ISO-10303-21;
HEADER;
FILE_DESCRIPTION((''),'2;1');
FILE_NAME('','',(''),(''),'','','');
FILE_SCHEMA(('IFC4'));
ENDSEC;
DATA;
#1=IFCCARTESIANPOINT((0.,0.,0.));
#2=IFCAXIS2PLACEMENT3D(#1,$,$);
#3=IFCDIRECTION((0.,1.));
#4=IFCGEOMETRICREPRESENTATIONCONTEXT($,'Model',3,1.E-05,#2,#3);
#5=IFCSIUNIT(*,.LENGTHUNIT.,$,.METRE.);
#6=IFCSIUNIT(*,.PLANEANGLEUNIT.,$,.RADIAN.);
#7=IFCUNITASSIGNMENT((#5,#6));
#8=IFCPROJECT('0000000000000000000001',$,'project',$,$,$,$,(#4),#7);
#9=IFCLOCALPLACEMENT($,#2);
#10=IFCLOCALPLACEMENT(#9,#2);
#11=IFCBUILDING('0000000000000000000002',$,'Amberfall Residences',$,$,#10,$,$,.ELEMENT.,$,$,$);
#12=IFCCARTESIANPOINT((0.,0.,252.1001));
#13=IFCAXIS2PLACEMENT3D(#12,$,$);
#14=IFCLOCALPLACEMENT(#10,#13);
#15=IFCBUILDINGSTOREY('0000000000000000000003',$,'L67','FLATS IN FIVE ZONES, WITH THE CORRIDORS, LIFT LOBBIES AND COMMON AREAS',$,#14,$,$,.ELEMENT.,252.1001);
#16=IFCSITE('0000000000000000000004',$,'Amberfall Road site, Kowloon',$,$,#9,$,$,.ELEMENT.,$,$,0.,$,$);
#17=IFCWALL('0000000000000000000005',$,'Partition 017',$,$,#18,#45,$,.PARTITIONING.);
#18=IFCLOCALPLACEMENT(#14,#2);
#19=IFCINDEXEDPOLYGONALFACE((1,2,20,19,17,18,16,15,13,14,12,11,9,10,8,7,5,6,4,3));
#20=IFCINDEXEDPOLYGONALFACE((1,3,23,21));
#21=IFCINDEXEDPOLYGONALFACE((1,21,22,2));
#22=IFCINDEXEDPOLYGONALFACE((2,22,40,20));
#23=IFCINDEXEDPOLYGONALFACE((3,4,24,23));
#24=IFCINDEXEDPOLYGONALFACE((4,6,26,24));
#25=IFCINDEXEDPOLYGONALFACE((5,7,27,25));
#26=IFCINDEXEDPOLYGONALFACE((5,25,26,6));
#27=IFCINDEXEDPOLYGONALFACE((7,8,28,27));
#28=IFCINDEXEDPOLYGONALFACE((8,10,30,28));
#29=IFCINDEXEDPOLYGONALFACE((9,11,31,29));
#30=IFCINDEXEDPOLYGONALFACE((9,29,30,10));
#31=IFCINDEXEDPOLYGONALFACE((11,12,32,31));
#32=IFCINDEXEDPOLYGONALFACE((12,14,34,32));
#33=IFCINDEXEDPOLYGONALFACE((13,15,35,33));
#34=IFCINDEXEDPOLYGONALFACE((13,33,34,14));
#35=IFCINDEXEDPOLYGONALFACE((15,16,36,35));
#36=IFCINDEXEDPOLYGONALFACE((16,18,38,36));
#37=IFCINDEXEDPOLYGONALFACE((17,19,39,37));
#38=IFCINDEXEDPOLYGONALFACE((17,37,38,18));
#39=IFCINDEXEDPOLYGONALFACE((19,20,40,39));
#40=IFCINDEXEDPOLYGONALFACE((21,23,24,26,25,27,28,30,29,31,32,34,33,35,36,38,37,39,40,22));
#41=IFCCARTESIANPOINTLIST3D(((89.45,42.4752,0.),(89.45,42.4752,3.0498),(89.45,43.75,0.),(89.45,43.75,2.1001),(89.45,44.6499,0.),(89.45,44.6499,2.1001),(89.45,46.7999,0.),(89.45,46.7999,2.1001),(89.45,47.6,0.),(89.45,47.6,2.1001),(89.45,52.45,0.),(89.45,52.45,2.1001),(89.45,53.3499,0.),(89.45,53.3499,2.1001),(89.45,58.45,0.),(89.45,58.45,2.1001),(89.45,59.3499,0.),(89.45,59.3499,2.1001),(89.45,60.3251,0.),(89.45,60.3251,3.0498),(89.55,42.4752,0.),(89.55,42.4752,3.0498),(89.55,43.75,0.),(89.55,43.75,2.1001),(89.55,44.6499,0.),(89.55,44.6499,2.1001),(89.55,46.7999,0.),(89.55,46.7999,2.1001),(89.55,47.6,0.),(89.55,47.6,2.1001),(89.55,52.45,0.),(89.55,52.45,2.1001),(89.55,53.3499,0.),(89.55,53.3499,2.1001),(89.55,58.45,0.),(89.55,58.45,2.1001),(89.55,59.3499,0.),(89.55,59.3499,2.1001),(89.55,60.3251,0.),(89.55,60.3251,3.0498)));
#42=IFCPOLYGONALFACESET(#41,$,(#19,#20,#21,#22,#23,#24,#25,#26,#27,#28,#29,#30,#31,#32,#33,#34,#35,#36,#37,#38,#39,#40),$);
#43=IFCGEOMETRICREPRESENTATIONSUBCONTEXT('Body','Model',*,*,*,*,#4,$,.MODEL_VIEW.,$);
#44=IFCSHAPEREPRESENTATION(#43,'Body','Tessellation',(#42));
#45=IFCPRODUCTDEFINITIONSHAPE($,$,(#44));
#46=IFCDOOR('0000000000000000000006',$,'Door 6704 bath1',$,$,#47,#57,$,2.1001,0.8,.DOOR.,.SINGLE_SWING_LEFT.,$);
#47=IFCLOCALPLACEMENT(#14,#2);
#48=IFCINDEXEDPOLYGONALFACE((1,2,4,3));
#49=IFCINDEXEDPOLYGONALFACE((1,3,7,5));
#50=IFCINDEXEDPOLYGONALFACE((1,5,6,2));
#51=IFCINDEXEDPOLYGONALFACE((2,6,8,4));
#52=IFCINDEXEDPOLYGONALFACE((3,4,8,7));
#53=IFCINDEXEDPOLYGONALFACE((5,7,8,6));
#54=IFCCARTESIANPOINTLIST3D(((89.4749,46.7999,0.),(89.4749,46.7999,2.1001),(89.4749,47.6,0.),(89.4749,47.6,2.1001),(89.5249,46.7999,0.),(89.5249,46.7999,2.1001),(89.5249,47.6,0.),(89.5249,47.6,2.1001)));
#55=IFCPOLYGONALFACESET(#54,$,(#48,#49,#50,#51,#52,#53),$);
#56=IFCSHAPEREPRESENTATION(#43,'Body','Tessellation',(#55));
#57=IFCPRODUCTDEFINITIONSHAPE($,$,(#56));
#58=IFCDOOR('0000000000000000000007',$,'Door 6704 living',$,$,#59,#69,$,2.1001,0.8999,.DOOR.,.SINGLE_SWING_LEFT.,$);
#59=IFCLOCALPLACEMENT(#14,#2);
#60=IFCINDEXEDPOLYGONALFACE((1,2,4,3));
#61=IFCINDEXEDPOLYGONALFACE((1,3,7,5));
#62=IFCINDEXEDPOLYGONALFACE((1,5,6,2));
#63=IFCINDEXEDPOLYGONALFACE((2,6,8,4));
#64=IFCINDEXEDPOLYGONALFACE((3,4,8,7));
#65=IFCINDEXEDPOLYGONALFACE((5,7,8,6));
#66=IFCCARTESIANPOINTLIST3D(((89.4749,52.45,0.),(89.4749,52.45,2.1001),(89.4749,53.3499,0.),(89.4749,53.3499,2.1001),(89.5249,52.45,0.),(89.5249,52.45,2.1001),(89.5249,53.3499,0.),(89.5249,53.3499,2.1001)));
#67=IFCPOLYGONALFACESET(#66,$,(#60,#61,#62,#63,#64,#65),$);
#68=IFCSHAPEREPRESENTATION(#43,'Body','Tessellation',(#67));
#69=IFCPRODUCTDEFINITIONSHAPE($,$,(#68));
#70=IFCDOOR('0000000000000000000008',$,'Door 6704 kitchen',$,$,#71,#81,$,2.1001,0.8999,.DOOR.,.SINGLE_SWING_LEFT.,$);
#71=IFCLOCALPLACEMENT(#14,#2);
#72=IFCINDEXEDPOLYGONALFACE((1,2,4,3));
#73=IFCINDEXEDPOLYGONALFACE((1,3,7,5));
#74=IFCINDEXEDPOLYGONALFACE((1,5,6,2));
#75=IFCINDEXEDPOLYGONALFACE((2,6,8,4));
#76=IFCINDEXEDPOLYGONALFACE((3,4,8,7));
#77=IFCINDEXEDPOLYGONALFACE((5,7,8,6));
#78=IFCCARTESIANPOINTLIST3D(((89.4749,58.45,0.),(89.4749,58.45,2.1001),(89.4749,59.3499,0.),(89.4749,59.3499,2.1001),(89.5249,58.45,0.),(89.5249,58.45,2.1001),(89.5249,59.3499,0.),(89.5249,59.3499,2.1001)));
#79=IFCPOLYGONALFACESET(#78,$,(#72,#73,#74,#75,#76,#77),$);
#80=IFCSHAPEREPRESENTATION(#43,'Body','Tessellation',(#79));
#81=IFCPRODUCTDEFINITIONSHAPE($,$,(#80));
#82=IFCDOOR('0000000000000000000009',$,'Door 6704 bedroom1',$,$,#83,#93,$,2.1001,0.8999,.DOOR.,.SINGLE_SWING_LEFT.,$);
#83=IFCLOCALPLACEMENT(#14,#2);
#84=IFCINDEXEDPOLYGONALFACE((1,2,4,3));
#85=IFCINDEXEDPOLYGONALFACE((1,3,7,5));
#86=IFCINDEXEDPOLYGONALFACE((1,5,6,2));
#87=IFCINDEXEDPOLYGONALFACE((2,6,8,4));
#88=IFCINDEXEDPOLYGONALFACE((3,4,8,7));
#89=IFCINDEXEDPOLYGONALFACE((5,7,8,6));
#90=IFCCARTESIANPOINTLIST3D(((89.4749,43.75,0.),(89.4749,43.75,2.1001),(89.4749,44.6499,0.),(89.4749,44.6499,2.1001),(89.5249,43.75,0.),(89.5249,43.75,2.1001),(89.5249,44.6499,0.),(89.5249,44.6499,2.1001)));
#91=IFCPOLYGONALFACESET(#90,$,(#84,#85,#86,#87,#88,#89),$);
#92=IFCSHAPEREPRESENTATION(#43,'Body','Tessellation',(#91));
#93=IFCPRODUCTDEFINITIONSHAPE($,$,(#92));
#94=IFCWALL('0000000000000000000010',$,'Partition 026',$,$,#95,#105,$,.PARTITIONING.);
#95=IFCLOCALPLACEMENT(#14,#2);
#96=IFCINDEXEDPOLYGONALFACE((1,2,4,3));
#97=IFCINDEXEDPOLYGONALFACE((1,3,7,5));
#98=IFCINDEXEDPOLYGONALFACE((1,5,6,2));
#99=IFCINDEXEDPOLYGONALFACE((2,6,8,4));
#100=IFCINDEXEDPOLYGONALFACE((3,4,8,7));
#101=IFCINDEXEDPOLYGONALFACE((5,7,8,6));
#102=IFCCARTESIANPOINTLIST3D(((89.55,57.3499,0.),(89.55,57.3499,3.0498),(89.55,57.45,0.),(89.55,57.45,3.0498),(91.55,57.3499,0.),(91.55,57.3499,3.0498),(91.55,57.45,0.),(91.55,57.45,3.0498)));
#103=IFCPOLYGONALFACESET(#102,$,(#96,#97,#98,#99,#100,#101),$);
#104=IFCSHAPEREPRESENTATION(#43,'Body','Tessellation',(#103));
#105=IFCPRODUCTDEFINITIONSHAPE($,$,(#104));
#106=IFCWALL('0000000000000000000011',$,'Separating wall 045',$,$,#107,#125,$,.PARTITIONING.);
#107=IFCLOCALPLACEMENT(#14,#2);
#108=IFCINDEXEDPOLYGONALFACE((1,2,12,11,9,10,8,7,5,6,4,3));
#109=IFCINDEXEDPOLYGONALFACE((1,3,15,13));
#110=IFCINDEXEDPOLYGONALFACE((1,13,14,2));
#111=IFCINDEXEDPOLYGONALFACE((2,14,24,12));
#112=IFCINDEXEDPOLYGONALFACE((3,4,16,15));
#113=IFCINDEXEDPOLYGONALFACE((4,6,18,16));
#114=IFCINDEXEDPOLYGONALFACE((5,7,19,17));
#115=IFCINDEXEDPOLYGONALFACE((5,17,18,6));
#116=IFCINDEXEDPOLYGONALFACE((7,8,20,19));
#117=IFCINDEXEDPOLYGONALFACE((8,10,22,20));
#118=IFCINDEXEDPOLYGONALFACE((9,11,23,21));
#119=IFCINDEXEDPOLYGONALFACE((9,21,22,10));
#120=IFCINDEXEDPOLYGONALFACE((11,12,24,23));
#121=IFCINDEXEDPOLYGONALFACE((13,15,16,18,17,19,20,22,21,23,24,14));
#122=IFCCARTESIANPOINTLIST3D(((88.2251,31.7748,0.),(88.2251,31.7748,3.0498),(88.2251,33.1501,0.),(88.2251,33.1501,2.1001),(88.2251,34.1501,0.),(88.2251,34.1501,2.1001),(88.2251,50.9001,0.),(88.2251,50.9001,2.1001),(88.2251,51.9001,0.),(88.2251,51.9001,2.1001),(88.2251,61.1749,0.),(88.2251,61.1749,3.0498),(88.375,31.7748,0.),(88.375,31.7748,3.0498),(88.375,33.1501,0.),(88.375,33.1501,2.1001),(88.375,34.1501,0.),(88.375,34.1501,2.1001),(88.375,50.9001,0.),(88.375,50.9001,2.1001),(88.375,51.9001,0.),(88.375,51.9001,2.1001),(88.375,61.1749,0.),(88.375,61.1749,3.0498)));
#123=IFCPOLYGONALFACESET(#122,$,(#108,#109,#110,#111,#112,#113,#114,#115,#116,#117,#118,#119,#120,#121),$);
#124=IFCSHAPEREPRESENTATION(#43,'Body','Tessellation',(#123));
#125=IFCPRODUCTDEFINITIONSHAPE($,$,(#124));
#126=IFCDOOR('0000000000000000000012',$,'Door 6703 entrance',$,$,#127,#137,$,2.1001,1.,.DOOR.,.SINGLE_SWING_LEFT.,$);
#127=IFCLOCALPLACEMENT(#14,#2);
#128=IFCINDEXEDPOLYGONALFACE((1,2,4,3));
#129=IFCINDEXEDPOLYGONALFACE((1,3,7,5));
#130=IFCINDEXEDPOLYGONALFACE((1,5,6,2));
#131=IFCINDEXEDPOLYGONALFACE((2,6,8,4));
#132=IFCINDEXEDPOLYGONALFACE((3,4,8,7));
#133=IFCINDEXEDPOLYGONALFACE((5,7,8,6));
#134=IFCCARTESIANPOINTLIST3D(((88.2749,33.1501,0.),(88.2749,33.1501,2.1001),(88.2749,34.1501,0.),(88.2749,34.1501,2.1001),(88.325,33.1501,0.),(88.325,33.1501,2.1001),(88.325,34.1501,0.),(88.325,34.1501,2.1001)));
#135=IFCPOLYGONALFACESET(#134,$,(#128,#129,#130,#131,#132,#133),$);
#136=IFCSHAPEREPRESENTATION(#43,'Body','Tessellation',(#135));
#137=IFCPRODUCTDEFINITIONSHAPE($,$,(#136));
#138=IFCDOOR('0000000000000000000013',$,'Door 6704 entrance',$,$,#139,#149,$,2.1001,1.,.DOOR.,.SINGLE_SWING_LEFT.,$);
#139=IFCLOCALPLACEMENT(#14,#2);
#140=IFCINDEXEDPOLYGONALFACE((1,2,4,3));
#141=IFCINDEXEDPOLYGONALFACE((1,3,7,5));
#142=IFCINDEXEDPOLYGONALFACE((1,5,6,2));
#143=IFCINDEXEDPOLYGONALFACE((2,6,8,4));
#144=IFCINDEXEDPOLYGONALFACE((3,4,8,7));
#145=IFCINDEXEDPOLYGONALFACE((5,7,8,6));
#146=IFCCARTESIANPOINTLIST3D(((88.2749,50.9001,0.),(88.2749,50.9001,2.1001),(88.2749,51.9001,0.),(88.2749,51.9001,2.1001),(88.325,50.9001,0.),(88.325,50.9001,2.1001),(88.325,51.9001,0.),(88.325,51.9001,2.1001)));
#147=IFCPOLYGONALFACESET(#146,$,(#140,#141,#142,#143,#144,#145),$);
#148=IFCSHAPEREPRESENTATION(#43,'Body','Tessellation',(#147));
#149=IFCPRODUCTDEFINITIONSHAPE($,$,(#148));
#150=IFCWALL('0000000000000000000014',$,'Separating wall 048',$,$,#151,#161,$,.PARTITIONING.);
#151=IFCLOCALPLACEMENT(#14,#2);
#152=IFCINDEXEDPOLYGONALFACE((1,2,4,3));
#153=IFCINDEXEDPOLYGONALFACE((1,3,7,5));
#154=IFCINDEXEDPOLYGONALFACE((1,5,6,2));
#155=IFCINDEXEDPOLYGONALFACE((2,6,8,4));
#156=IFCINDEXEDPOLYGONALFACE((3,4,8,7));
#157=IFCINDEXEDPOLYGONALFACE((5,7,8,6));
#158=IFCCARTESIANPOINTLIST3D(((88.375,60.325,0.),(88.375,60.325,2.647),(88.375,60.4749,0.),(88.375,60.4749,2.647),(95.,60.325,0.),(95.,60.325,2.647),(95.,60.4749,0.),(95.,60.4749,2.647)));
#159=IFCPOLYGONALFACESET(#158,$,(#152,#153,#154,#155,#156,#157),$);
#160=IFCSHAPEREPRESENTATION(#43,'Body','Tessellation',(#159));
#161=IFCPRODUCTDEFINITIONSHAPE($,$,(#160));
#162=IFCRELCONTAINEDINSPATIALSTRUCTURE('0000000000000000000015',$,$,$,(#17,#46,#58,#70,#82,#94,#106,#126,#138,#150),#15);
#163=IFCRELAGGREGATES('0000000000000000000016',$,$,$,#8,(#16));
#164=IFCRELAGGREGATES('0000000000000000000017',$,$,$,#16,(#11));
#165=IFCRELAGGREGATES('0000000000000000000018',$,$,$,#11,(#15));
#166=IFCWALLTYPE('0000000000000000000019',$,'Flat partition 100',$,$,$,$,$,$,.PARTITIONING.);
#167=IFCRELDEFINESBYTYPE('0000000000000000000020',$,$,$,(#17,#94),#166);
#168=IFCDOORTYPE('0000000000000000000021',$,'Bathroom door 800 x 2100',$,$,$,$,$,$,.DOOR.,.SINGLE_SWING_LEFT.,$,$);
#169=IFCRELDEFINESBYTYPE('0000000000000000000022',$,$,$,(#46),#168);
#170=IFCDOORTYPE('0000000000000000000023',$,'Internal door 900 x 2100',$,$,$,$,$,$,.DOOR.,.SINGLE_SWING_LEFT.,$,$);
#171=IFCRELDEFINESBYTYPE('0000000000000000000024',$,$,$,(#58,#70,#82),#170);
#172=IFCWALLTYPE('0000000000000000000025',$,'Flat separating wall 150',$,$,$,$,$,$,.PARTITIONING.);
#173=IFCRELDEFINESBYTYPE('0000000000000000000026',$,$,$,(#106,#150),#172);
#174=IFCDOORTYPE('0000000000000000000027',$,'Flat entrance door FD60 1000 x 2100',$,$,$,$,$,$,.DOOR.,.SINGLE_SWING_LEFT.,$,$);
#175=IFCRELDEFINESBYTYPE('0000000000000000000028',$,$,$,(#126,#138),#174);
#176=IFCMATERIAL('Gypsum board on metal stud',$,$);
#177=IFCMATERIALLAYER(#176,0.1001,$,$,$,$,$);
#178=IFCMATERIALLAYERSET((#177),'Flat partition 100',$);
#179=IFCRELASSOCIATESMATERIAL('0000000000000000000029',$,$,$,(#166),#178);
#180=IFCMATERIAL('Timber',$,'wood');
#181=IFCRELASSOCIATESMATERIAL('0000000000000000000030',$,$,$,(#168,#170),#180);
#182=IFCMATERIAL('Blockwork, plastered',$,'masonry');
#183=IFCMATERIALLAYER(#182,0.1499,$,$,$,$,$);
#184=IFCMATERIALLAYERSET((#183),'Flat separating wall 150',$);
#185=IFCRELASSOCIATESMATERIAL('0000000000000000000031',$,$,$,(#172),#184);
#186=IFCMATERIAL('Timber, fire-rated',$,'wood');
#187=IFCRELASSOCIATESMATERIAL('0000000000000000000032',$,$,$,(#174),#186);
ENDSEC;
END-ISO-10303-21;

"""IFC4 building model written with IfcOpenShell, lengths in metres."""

from ifc_helpers import new_model, si_unit, direction, frame, frame_2d, origin, place, context, subcontext, project, spatial, rectangle, extrude, material, layer, layer_set, type_object, element, fill, save


model = new_model("IFC4")

# Units and contexts
model_context = context("Model", 3, precision=1e-05, world=origin(), true_north=direction((0.0, 1.0)))
body_context = subcontext(model_context, "Body", "Model", "MODEL_VIEW")
ifc_project = project(units=[si_unit("LENGTHUNIT", "METRE"), si_unit("PLANEANGLEUNIT", "RADIAN")], contexts=[model_context])

# Site, building, storey
site_placement = place(None, origin())
site = spatial("IfcSite", under=ifc_project, at=site_placement, Name="Amberfall Road site, Kowloon", CompositionType="ELEMENT", RefElevation=0.0)
building_placement = place(site_placement, origin())
building = spatial("IfcBuilding", under=site, at=building_placement, Name="Amberfall Residences", CompositionType="ELEMENT")
storey_placement = place(building_placement, frame((0.0, 0.0, 252.1001)))
storey = spatial("IfcBuildingStorey", under=building, at=storey_placement, Name="L67", Description="FLATS IN FIVE ZONES, WITH THE CORRIDORS, LIFT LOBBIES AND COMMON AREAS", CompositionType="ELEMENT", Elevation=252.1001)

# Wall, openings, doors
ifc_material_1 = material(Name="Gypsum board on metal stud")
ifc_layer_1 = layer(ifc_material_1, 0.1001)
ifc_layer_set_1 = layer_set([ifc_layer_1], Name="Flat partition 100")
wall_type_1 = type_object("IfcWallType", Name="Flat partition 100", PredefinedType="PARTITIONING", material=ifc_layer_set_1)
wall_1_placement = place(storey_placement, frame((89.5, 60.325, 0.0), z_axis=(0.0, 0.0, 1.0), x_axis=(0.0, -1.0, 0.0)))
wall_1 = element("IfcWall", 1, at=wall_1_placement, inside=storey, type_object=wall_type_1, Name="Partition 017", PredefinedType="PARTITIONING", context=body_context, shape_type="SweptSolid", body=[
    extrude(rectangle(XDim=17.8499, YDim=0.1001, at=frame_2d((8.9248, 0.0))), origin(), (0.0, 0.0, 1.0), 3.0498),
])
opening_1_placement = place(wall_1_placement, frame((6.9751, 0.0, 0.0)))
opening_1 = element("IfcOpeningElement", 2, at=opening_1_placement, cuts=wall_1, PredefinedType="OPENING", context=body_context, shape_type="SweptSolid", body=[
    extrude(rectangle(XDim=0.8999, YDim=2.1001, at=frame_2d((0.45, 1.05))), frame((0.0, 0.0601, 0.0), z_axis=(0.0, -1.0, 0.0), x_axis=(1.0, 0.0, 0.0)), (0.0, 0.0, 1.0), 0.1201),
])
opening_2_placement = place(wall_1_placement, frame((0.9751, 0.0, 0.0)))
opening_2 = element("IfcOpeningElement", 3, at=opening_2_placement, cuts=wall_1, PredefinedType="OPENING", context=body_context, shape_type="SweptSolid", body=[
    extrude(rectangle(XDim=0.8999, YDim=2.1001, at=frame_2d((0.45, 1.05))), frame((0.0, 0.0601, 0.0), z_axis=(0.0, -1.0, 0.0), x_axis=(1.0, 0.0, 0.0)), (0.0, 0.0, 1.0), 0.1201),
])
opening_3_placement = place(wall_1_placement, frame((15.675, 0.0, 0.0)))
opening_3 = element("IfcOpeningElement", 4, at=opening_3_placement, cuts=wall_1, PredefinedType="OPENING", context=body_context, shape_type="SweptSolid", body=[
    extrude(rectangle(XDim=0.8999, YDim=2.1001, at=frame_2d((0.45, 1.05))), frame((0.0, 0.0601, 0.0), z_axis=(0.0, -1.0, 0.0), x_axis=(1.0, 0.0, 0.0)), (0.0, 0.0, 1.0), 0.1201),
])
opening_4_placement = place(wall_1_placement, frame((12.7251, 0.0, 0.0)))
opening_4 = element("IfcOpeningElement", 5, at=opening_4_placement, cuts=wall_1, PredefinedType="OPENING", context=body_context, shape_type="SweptSolid", body=[
    extrude(rectangle(XDim=0.8, YDim=2.1001, at=frame_2d((0.3999, 1.05))), frame((0.0, 0.0601, 0.0), z_axis=(0.0, -1.0, 0.0), x_axis=(1.0, 0.0, 0.0)), (0.0, 0.0, 1.0), 0.1201),
])
ifc_material_2 = material(Name="Timber", Category="wood")
door_type_1 = type_object("IfcDoorType", Name="Bathroom door 800 x 2100", OperationType="SINGLE_SWING_LEFT", PredefinedType="DOOR", material=ifc_material_2)
door_1_placement = place(opening_4_placement, origin())
door_1 = element("IfcDoor", 6, at=door_1_placement, inside=storey, type_object=door_type_1, Name="Door 6704 bath1", OperationType="SINGLE_SWING_LEFT", OverallHeight=2.1001, OverallWidth=0.8, PredefinedType="DOOR", context=body_context, shape_type="SweptSolid", body=[
    extrude(rectangle(XDim=0.8, YDim=2.1001, at=frame_2d((0.3999, 1.05))), frame((0.0, 0.0249, 0.0), z_axis=(0.0, -1.0, 0.0), x_axis=(1.0, 0.0, 0.0)), (0.0, 0.0, 1.0), 0.05),
])
fill(opening_4, door_1)
door_type_2 = type_object("IfcDoorType", Name="Internal door 900 x 2100", OperationType="SINGLE_SWING_LEFT", PredefinedType="DOOR", material=ifc_material_2)
door_2_placement = place(opening_1_placement, origin())
door_2 = element("IfcDoor", 7, at=door_2_placement, inside=storey, type_object=door_type_2, Name="Door 6704 living", OperationType="SINGLE_SWING_LEFT", OverallHeight=2.1001, OverallWidth=0.8999, PredefinedType="DOOR", context=body_context, shape_type="SweptSolid", body=[
    extrude(rectangle(XDim=0.8999, YDim=2.1001, at=frame_2d((0.45, 1.05))), frame((0.0, 0.0249, 0.0), z_axis=(0.0, -1.0, 0.0), x_axis=(1.0, 0.0, 0.0)), (0.0, 0.0, 1.0), 0.05),
])
fill(opening_1, door_2)
door_3_placement = place(opening_2_placement, origin())
door_3 = element("IfcDoor", 8, at=door_3_placement, inside=storey, type_object=door_type_2, Name="Door 6704 kitchen", OperationType="SINGLE_SWING_LEFT", OverallHeight=2.1001, OverallWidth=0.8999, PredefinedType="DOOR", context=body_context, shape_type="SweptSolid", body=[
    extrude(rectangle(XDim=0.8999, YDim=2.1001, at=frame_2d((0.45, 1.05))), frame((0.0, 0.0249, 0.0), z_axis=(0.0, -1.0, 0.0), x_axis=(1.0, 0.0, 0.0)), (0.0, 0.0, 1.0), 0.05),
])
fill(opening_2, door_3)
door_4_placement = place(opening_3_placement, origin())
door_4 = element("IfcDoor", 9, at=door_4_placement, inside=storey, type_object=door_type_2, Name="Door 6704 bedroom1", OperationType="SINGLE_SWING_LEFT", OverallHeight=2.1001, OverallWidth=0.8999, PredefinedType="DOOR", context=body_context, shape_type="SweptSolid", body=[
    extrude(rectangle(XDim=0.8999, YDim=2.1001, at=frame_2d((0.45, 1.05))), frame((0.0, 0.0249, 0.0), z_axis=(0.0, -1.0, 0.0), x_axis=(1.0, 0.0, 0.0)), (0.0, 0.0, 1.0), 0.05),
])
fill(opening_3, door_4)

# Wall
wall_2_placement = place(storey_placement, frame((89.55, 57.3999, 0.0), z_axis=(0.0, 0.0, 1.0), x_axis=(1.0, 0.0, 0.0)))
element("IfcWall", 10, at=wall_2_placement, inside=storey, type_object=wall_type_1, Name="Partition 026", PredefinedType="PARTITIONING", context=body_context, shape_type="SweptSolid", body=[
    extrude(rectangle(XDim=2.0, YDim=0.1001, at=frame_2d((1.0, 0.0))), origin(), (0.0, 0.0, 1.0), 3.0498),
])

# Wall, openings, doors
ifc_material_3 = material(Name="Blockwork, plastered", Category="masonry")
ifc_layer_2 = layer(ifc_material_3, 0.1499)
ifc_layer_set_2 = layer_set([ifc_layer_2], Name="Flat separating wall 150")
wall_type_2 = type_object("IfcWallType", Name="Flat separating wall 150", PredefinedType="PARTITIONING", material=ifc_layer_set_2)
wall_3_placement = place(storey_placement, frame((88.3, 61.175, 0.0), z_axis=(0.0, 0.0, 1.0), x_axis=(0.0, -1.0, 0.0)))
wall_3 = element("IfcWall", 11, at=wall_3_placement, inside=storey, type_object=wall_type_2, Name="Separating wall 045", PredefinedType="PARTITIONING", context=body_context, shape_type="SweptSolid", body=[
    extrude(rectangle(XDim=29.4001, YDim=0.1499, at=frame_2d((14.7002, 0.0))), origin(), (0.0, 0.0, 1.0), 3.0498),
])
opening_5_placement = place(wall_3_placement, frame((27.0249, 0.0, 0.0)))
opening_5 = element("IfcOpeningElement", 12, at=opening_5_placement, cuts=wall_3, PredefinedType="OPENING", context=body_context, shape_type="SweptSolid", body=[
    extrude(rectangle(XDim=1.0, YDim=2.1001, at=frame_2d((0.5, 1.05))), frame((0.0, 0.085, 0.0), z_axis=(0.0, -1.0, 0.0), x_axis=(1.0, 0.0, 0.0)), (0.0, 0.0, 1.0), 0.1699),
])
opening_6_placement = place(wall_3_placement, frame((9.2749, 0.0, 0.0)))
opening_6 = element("IfcOpeningElement", 13, at=opening_6_placement, cuts=wall_3, PredefinedType="OPENING", context=body_context, shape_type="SweptSolid", body=[
    extrude(rectangle(XDim=1.0, YDim=2.1001, at=frame_2d((0.5, 1.05))), frame((0.0, 0.085, 0.0), z_axis=(0.0, -1.0, 0.0), x_axis=(1.0, 0.0, 0.0)), (0.0, 0.0, 1.0), 0.1699),
])
ifc_material_4 = material(Name="Timber, fire-rated", Category="wood")
door_type_3 = type_object("IfcDoorType", Name="Flat entrance door FD60 1000 x 2100", OperationType="SINGLE_SWING_LEFT", PredefinedType="DOOR", material=ifc_material_4)
door_5_placement = place(opening_5_placement, origin())
door_5 = element("IfcDoor", 14, at=door_5_placement, inside=storey, type_object=door_type_3, Name="Door 6703 entrance", OperationType="SINGLE_SWING_LEFT", OverallHeight=2.1001, OverallWidth=1.0, PredefinedType="DOOR", context=body_context, shape_type="SweptSolid", body=[
    extrude(rectangle(XDim=1.0, YDim=2.1001, at=frame_2d((0.5, 1.05))), frame((0.0, 0.0249, 0.0), z_axis=(0.0, -1.0, 0.0), x_axis=(1.0, 0.0, 0.0)), (0.0, 0.0, 1.0), 0.05),
])
fill(opening_5, door_5)
door_6_placement = place(opening_6_placement, origin())
door_6 = element("IfcDoor", 15, at=door_6_placement, inside=storey, type_object=door_type_3, Name="Door 6704 entrance", OperationType="SINGLE_SWING_LEFT", OverallHeight=2.1001, OverallWidth=1.0, PredefinedType="DOOR", context=body_context, shape_type="SweptSolid", body=[
    extrude(rectangle(XDim=1.0, YDim=2.1001, at=frame_2d((0.5, 1.05))), frame((0.0, 0.0249, 0.0), z_axis=(0.0, -1.0, 0.0), x_axis=(1.0, 0.0, 0.0)), (0.0, 0.0, 1.0), 0.05),
])
fill(opening_6, door_6)

# Wall
wall_4_placement = place(storey_placement, frame((88.375, 60.3999, 0.0), z_axis=(0.0, 0.0, 1.0), x_axis=(1.0, 0.0, 0.0)))
element("IfcWall", 16, at=wall_4_placement, inside=storey, type_object=wall_type_2, Name="Separating wall 048", PredefinedType="PARTITIONING", context=body_context, shape_type="SweptSolid", body=[
    extrude(rectangle(XDim=6.625, YDim=0.1499, at=frame_2d((3.3125, 0.0))), origin(), (0.0, 0.0, 1.0), 2.647),
])

save(model, "model.ifc")
